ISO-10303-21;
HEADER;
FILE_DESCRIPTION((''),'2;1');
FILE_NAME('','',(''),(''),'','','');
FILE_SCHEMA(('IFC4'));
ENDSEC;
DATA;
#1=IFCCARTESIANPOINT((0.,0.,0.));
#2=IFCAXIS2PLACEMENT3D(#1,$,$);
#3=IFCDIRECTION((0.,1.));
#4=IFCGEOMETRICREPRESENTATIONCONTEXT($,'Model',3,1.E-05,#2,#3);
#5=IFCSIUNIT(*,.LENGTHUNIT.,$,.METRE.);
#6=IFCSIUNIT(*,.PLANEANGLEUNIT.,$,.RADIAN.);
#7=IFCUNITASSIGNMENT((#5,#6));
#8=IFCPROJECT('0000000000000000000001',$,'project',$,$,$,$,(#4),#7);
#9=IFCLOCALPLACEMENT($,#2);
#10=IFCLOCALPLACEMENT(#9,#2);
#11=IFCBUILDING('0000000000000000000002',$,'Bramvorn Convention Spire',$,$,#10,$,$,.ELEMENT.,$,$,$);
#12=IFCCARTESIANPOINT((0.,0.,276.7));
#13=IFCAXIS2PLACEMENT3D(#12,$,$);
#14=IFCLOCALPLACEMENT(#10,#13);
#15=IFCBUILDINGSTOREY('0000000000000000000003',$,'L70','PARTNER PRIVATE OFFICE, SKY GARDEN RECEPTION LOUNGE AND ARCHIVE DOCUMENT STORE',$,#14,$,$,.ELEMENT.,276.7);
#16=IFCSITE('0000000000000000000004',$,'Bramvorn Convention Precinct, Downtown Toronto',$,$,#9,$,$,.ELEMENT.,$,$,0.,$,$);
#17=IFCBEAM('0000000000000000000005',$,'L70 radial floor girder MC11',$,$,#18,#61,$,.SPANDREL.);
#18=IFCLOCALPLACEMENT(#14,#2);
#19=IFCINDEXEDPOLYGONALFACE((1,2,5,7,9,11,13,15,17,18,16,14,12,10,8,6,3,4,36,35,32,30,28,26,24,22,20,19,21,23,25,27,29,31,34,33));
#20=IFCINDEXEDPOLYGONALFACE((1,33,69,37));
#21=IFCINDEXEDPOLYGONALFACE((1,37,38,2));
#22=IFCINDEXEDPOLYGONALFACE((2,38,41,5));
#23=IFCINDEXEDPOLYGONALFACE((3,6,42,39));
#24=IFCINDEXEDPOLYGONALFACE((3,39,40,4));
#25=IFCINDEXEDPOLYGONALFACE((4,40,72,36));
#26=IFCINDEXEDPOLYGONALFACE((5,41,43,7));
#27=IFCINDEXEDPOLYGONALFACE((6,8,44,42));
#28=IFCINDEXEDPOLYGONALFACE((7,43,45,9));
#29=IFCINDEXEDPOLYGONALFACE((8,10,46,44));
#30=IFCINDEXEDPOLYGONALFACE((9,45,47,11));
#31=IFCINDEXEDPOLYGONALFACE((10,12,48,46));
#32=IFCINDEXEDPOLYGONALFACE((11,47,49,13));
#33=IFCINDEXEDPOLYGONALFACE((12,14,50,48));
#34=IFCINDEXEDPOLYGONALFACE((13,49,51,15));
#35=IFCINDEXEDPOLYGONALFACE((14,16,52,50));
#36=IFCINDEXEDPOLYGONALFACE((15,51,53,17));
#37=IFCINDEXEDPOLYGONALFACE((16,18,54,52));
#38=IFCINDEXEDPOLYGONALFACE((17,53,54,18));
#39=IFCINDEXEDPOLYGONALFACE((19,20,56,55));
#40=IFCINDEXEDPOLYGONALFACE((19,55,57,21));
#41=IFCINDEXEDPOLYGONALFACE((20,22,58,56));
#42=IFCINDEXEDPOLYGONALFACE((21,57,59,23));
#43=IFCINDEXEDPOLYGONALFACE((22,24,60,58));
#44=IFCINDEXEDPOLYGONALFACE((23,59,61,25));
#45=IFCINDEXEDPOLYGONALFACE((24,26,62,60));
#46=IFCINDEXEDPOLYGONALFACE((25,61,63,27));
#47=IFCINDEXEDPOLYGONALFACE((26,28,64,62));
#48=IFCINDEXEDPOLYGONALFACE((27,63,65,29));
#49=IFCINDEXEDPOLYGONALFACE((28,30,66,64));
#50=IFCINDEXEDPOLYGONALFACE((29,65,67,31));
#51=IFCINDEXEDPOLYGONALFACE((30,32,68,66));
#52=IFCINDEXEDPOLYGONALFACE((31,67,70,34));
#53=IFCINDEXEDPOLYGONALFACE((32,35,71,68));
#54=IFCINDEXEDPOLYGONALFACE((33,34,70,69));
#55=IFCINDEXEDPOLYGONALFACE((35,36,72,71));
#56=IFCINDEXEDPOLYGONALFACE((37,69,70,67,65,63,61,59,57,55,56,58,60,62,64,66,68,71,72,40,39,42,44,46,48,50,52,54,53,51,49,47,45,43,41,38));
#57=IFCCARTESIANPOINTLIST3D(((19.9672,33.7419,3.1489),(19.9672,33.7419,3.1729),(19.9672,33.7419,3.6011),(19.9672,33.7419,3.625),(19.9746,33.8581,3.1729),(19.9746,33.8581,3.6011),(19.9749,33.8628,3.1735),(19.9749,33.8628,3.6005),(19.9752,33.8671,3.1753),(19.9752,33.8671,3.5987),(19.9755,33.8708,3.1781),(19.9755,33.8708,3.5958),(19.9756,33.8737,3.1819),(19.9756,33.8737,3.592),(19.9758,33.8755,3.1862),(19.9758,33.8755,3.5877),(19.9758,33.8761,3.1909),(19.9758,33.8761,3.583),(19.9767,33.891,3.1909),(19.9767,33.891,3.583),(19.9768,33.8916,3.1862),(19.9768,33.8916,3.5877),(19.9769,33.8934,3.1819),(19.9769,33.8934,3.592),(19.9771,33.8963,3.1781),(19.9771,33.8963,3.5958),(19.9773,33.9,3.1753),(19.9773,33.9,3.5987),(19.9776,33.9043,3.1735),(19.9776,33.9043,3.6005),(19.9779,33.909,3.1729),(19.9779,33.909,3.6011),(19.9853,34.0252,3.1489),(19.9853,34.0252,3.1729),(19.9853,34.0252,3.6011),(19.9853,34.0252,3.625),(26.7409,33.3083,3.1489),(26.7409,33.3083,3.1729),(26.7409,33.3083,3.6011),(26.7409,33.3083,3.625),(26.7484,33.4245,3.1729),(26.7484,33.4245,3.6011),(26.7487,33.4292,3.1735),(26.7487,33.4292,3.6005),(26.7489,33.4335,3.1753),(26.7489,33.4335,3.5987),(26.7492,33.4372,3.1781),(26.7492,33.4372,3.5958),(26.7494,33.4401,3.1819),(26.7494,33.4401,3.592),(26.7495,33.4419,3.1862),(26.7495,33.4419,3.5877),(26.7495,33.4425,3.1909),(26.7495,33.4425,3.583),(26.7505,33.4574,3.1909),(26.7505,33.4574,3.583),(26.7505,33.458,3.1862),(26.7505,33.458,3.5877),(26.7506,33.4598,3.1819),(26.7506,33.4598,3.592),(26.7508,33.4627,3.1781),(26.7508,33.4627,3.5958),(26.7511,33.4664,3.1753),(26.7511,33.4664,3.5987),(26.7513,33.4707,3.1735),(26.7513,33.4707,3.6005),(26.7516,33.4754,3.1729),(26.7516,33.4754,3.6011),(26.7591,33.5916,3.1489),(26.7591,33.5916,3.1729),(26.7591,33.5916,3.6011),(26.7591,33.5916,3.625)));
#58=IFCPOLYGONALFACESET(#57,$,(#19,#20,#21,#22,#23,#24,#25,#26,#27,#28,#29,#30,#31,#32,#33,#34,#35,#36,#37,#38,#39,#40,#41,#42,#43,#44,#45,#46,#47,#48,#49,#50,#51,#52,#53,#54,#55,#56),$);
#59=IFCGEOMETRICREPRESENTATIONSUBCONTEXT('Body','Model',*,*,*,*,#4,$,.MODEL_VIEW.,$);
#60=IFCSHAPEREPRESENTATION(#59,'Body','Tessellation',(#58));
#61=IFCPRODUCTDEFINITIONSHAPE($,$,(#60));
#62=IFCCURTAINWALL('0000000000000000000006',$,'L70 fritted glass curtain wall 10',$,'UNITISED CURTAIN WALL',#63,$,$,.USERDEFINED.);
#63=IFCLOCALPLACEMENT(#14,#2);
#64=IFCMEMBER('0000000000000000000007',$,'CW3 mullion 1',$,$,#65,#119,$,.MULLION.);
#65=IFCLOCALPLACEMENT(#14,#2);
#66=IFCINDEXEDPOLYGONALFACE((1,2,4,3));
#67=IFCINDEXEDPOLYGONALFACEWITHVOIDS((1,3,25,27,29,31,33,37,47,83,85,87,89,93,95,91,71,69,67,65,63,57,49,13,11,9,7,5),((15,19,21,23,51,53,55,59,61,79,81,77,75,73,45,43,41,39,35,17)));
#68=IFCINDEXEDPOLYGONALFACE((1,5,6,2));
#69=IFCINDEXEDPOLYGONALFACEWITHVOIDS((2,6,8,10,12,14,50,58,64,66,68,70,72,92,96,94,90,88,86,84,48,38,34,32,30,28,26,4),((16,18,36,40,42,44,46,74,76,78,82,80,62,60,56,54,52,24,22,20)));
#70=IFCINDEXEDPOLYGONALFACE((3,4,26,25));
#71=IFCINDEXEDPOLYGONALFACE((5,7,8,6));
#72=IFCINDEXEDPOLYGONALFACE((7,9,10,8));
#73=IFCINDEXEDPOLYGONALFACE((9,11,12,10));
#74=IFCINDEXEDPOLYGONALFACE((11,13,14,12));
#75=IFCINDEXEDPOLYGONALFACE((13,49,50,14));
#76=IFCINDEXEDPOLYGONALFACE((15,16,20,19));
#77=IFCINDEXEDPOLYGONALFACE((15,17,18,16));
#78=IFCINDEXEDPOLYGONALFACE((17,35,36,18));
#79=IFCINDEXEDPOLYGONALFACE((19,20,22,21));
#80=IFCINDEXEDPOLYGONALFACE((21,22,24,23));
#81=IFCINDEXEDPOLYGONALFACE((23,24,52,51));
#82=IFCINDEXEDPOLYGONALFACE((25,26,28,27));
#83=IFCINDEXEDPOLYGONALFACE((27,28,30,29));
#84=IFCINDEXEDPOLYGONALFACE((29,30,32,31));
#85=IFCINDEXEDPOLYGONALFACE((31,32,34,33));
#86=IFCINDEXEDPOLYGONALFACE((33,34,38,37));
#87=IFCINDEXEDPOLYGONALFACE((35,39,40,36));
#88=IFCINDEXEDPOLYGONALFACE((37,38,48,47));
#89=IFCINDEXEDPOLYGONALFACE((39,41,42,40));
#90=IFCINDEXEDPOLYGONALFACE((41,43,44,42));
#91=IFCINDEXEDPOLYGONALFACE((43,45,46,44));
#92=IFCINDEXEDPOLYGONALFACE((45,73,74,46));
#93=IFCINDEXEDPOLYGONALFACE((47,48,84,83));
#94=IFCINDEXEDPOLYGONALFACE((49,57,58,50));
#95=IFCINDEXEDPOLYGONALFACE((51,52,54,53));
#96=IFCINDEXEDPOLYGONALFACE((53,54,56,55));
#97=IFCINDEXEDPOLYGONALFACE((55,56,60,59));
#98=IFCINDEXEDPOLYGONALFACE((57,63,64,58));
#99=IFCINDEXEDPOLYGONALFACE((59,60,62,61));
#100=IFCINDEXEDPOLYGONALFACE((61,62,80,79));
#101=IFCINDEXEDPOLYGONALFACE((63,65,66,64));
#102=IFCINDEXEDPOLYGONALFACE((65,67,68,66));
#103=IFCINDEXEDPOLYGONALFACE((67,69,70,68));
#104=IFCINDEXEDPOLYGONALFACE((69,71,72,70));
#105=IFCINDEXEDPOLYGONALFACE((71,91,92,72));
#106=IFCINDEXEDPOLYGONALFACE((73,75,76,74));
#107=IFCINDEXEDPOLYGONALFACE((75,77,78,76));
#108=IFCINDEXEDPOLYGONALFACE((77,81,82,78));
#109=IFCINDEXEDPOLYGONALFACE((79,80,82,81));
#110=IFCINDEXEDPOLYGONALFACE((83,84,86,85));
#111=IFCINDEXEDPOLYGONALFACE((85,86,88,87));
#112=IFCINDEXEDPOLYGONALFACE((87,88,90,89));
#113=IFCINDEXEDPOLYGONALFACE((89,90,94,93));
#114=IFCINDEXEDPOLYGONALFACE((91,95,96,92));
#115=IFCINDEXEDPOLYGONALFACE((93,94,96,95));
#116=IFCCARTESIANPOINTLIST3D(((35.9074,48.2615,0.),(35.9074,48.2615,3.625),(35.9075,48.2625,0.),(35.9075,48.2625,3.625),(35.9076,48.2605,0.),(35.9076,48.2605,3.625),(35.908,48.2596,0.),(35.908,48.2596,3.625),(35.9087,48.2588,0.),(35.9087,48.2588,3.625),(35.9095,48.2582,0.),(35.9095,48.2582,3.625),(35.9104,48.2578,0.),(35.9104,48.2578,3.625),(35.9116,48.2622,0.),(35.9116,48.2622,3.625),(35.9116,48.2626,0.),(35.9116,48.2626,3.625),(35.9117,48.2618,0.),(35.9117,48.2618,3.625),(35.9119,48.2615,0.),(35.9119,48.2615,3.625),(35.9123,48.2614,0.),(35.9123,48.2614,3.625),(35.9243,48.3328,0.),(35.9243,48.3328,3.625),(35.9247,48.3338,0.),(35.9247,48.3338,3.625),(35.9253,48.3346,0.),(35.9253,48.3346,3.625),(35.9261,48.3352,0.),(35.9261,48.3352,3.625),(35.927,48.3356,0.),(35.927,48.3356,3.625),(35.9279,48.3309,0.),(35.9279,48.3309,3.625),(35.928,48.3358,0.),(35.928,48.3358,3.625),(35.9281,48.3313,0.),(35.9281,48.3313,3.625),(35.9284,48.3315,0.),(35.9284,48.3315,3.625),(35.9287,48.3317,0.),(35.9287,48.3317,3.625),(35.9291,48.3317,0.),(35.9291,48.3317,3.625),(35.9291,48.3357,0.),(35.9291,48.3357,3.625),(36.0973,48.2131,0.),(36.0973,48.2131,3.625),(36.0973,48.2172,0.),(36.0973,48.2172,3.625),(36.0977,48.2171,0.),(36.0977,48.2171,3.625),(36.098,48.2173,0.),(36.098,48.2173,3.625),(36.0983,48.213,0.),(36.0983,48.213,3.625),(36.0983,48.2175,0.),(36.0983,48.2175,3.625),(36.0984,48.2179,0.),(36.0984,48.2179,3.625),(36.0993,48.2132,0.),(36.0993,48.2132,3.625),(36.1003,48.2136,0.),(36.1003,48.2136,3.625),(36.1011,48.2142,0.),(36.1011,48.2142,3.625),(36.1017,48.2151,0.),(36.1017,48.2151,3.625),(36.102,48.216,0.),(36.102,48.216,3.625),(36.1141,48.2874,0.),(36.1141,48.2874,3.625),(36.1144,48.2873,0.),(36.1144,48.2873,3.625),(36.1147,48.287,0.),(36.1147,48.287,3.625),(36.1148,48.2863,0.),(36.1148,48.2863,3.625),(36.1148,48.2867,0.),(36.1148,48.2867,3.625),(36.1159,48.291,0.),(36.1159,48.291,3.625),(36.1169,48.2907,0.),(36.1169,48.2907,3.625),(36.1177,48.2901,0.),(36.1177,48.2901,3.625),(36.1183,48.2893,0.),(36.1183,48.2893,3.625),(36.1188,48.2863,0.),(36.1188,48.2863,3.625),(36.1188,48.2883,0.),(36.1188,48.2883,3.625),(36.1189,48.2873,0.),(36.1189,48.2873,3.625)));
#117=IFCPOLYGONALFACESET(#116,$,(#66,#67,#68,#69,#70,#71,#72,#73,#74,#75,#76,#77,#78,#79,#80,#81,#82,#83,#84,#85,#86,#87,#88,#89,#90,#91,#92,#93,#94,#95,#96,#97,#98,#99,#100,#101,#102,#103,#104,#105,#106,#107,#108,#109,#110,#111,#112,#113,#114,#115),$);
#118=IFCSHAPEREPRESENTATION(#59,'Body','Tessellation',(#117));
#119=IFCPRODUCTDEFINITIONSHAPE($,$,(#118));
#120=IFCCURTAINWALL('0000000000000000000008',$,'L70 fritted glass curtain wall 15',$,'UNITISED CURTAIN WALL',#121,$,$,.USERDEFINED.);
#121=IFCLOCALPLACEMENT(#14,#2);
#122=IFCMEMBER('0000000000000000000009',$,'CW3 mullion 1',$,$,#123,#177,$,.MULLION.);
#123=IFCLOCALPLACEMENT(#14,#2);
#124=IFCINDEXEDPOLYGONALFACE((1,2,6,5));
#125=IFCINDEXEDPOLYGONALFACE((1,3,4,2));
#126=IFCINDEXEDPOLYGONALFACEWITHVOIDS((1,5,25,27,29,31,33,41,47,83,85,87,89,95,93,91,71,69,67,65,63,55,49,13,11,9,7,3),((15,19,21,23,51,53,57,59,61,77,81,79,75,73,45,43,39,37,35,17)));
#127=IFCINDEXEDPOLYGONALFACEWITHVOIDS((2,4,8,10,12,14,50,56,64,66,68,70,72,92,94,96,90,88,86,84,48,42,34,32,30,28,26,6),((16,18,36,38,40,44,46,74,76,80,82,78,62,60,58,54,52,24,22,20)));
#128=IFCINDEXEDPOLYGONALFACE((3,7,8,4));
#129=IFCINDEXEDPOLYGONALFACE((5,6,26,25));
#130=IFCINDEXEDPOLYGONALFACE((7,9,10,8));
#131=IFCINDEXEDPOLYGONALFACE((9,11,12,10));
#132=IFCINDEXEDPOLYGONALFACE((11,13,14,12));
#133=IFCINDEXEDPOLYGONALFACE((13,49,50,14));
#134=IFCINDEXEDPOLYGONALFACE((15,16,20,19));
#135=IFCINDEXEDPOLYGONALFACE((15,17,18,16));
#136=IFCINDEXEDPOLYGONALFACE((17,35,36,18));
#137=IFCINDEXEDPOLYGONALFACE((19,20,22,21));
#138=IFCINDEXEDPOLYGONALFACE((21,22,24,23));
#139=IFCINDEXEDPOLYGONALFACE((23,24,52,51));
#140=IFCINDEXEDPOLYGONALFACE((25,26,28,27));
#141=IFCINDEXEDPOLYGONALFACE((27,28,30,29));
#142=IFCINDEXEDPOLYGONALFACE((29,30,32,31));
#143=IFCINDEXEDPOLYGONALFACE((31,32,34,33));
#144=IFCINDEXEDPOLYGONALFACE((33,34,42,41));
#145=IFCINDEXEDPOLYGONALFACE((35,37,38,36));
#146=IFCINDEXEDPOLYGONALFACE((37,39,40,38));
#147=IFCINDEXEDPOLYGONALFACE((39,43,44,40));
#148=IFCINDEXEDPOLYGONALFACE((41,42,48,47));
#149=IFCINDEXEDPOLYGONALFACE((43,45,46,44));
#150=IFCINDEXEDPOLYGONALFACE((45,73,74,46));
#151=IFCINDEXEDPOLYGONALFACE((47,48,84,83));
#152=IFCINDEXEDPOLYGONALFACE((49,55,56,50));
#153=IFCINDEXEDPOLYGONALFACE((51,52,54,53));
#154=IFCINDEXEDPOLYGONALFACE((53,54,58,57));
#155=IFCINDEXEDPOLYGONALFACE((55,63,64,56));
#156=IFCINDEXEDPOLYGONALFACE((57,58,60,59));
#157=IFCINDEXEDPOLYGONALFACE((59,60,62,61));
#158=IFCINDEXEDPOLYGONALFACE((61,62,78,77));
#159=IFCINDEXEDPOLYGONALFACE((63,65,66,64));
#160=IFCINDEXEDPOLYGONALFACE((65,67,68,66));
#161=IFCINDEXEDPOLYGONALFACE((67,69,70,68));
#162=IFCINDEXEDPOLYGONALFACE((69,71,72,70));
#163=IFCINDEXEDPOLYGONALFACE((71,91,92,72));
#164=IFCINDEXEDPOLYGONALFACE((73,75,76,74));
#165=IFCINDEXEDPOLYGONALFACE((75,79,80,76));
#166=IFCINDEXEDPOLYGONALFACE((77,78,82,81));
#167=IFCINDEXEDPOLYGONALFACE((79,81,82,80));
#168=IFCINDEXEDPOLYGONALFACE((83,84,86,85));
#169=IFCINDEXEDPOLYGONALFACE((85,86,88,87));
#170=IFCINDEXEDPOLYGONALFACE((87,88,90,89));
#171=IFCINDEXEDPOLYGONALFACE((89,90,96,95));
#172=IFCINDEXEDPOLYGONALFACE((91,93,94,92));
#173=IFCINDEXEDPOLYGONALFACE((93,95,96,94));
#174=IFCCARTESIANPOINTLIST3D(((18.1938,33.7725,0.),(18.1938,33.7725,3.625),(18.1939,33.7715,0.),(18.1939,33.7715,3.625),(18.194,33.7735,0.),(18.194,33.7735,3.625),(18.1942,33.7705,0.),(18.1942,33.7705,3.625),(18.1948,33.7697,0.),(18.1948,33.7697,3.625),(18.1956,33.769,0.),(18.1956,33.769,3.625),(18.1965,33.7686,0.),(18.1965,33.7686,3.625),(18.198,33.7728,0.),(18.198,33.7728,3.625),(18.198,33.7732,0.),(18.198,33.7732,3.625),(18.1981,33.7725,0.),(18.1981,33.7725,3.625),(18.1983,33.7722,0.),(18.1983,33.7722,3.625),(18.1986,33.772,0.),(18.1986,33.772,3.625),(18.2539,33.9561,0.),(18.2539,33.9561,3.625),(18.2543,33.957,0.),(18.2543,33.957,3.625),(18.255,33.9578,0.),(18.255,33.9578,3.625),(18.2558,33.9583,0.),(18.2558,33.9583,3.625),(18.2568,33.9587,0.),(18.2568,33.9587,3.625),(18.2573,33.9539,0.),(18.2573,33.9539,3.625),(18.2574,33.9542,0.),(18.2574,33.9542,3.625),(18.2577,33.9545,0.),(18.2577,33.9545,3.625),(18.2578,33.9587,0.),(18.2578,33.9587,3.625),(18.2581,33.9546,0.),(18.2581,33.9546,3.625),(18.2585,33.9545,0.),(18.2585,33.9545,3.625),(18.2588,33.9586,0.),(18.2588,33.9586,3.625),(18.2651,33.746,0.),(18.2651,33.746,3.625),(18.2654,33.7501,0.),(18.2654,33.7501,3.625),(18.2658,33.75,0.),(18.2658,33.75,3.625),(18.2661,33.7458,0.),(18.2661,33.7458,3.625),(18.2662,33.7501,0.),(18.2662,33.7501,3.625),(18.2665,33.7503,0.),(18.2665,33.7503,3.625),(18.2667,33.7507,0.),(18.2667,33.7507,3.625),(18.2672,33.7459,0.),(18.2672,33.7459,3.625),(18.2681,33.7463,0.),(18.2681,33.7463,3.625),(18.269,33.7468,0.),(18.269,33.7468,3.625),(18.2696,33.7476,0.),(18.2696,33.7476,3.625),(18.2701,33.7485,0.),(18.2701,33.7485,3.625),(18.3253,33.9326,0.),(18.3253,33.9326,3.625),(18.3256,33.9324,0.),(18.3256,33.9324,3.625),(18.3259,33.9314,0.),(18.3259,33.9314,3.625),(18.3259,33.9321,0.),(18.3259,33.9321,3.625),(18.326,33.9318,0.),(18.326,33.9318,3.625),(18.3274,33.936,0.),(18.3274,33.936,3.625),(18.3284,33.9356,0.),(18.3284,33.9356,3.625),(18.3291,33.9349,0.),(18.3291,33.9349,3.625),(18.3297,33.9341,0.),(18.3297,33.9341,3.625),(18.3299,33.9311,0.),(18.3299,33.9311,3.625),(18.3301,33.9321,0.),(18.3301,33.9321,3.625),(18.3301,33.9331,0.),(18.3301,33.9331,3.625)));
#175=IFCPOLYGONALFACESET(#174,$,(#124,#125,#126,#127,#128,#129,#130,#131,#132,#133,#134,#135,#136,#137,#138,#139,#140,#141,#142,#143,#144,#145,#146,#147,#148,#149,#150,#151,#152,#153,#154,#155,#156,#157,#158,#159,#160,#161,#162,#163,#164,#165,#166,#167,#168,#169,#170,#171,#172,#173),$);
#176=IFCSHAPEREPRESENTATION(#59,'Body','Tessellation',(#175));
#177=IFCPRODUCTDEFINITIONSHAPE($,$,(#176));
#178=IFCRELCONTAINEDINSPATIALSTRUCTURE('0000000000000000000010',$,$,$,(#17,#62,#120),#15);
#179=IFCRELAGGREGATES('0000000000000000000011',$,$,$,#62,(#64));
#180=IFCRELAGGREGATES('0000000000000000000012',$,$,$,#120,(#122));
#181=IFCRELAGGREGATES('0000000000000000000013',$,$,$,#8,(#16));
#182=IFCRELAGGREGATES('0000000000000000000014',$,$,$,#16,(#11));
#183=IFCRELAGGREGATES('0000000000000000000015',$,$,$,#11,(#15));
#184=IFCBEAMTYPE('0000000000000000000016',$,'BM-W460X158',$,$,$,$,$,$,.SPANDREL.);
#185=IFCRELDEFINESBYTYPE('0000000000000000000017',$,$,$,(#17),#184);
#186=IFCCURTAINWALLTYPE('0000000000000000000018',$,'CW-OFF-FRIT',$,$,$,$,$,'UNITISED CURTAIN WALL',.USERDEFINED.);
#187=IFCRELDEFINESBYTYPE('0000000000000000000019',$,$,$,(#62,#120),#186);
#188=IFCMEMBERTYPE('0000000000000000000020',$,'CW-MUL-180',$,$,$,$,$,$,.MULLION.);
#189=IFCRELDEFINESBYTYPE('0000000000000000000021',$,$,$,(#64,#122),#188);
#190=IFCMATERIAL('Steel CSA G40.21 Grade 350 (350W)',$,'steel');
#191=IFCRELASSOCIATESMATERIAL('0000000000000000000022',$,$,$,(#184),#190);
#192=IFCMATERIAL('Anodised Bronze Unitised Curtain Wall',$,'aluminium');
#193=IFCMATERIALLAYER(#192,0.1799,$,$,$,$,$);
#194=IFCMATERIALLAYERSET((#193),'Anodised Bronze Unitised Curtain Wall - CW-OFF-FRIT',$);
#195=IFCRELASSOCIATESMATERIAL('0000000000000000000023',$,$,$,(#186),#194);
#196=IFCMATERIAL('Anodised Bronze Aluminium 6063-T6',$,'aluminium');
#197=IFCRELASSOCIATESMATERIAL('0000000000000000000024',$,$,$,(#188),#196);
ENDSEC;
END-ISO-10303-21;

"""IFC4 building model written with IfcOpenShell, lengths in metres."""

from ifc_helpers import new_model, si_unit, direction, frame, origin, origin_2d, place, context, subcontext, project, spatial, hollow_rectangle, i_section, extrude, material, layer, layer_set, material_profile, profile_set, type_object, element, aggregate, save


model = new_model("IFC4")

# Units and contexts
model_context = context("Model", 3, precision=1e-05, world=origin(), true_north=direction((0.0, 1.0)))
body_context = subcontext(model_context, "Body", "Model", "MODEL_VIEW")
ifc_project = project(units=[si_unit("LENGTHUNIT", "METRE"), si_unit("PLANEANGLEUNIT", "RADIAN")], contexts=[model_context])

# Site, building, storey
site_placement = place(None, origin())
site = spatial("IfcSite", under=ifc_project, at=site_placement, Name="Bramvorn Convention Precinct, Downtown Toronto", CompositionType="ELEMENT", RefElevation=0.0)
building_placement = place(site_placement, origin())
building = spatial("IfcBuilding", under=site, at=building_placement, Name="Bramvorn Convention Spire", CompositionType="ELEMENT")
storey_placement = place(building_placement, frame((0.0, 0.0, 276.7)))
storey = spatial("IfcBuildingStorey", under=building, at=storey_placement, Name="L70", Description="PARTNER PRIVATE OFFICE, SKY GARDEN RECEPTION LOUNGE AND ARCHIVE DOCUMENT STORE", CompositionType="ELEMENT", Elevation=276.7)

# Shared definitions
ifc_material_1 = material(Name="Steel CSA G40.21 Grade 350 (350W)", Category="steel")

# Beam
ifc_material_profile_1 = material_profile(ifc_material_1, i_section(OverallWidth=0.2839, OverallDepth=0.4761, WebThickness=0.0149, FlangeThickness=0.0239, FilletRadius=0.0181, at=origin_2d()))
ifc_profile_set_1 = profile_set([ifc_material_profile_1], Name="Steel CSA G40.21 Grade 350 (350W) - W460X158")
beam_type_1 = type_object("IfcBeamType", Name="BM-W460X158", PredefinedType="SPANDREL", material=ifc_profile_set_1)
beam_1_placement = place(storey_placement, frame((26.75, 33.45, 3.387), z_axis=(-0.997958, 0.063881, 0.0), x_axis=(-0.063881, -0.997958, 0.0)))
element("IfcBeam", 1, at=beam_1_placement, inside=storey, type_object=beam_type_1, Name="L70 radial floor girder MC11", PredefinedType="SPANDREL", context=body_context, shape_type="SweptSolid", body=[
    extrude(i_section(OverallWidth=0.2839, OverallDepth=0.4761, WebThickness=0.0149, FlangeThickness=0.0239, FilletRadius=0.0181, at=origin_2d()), origin(), (0.0, 0.0, 1.0), 6.7876),
])

# Curtain wall, member
ifc_material_2 = material(Name="Anodised Bronze Unitised Curtain Wall", Category="aluminium")
ifc_layer_1 = layer(ifc_material_2, 0.1799)
ifc_layer_set_1 = layer_set([ifc_layer_1], Name="Anodised Bronze Unitised Curtain Wall - CW-OFF-FRIT")
curtain_wall_type = type_object("IfcCurtainWallType", Name="CW-OFF-FRIT", ElementType="UNITISED CURTAIN WALL", PredefinedType="USERDEFINED", material=ifc_layer_set_1)
curtain_wall_1_placement = place(storey_placement, origin())
curtain_wall_1 = element("IfcCurtainWall", 2, at=curtain_wall_1_placement, inside=storey, type_object=curtain_wall_type, Name="L70 fritted glass curtain wall 10", ObjectType="UNITISED CURTAIN WALL", PredefinedType="USERDEFINED")
ifc_material_3 = material(Name="Anodised Bronze Aluminium 6063-T6", Category="aluminium")
ifc_material_profile_2 = material_profile(ifc_material_3, hollow_rectangle(XDim=0.0801, YDim=0.2, WallThickness=0.0039, InnerFilletRadius=0.001, OuterFilletRadius=0.0039, at=origin_2d()))
ifc_profile_set_2 = profile_set([ifc_material_profile_2], Name="Anodised Bronze Aluminium 6063-T6 - CWM80X200")
member_type_1 = type_object("IfcMemberType", Name="CW-MUL-180", PredefinedType="MULLION", material=ifc_profile_set_2)
member_1_placement = place(storey_placement, frame((36.0132, 48.2744, 0.0), z_axis=(0.0, 0.0, 1.0), x_axis=(0.232493, 0.972598, 0.0)))
member_1 = element("IfcMember", 3, at=member_1_placement, type_object=member_type_1, Name="CW3 mullion 1", PredefinedType="MULLION", context=body_context, shape_type="SweptSolid", body=[
    extrude(hollow_rectangle(XDim=0.0801, YDim=0.2, WallThickness=0.0039, InnerFilletRadius=0.001, OuterFilletRadius=0.0039, at=origin_2d()), origin(), (0.0, 0.0, 1.0), 3.625),
])

# Curtain wall, member
curtain_wall_2_placement = place(storey_placement, origin())
curtain_wall_2 = element("IfcCurtainWall", 4, at=curtain_wall_2_placement, inside=storey, type_object=curtain_wall_type, Name="L70 fritted glass curtain wall 15", ObjectType="UNITISED CURTAIN WALL", PredefinedType="USERDEFINED")
member_2_placement = place(storey_placement, frame((18.262, 33.8523, 0.0), z_axis=(0.0, 0.0, 1.0), x_axis=(-0.950211, 0.311606, 0.0)))
member_2 = element("IfcMember", 5, at=member_2_placement, type_object=member_type_1, Name="CW3 mullion 1", PredefinedType="MULLION", context=body_context, shape_type="SweptSolid", body=[
    extrude(hollow_rectangle(XDim=0.0801, YDim=0.2, WallThickness=0.0039, InnerFilletRadius=0.001, OuterFilletRadius=0.0039, at=origin_2d()), origin(), (0.0, 0.0, 1.0), 3.625),
])

aggregate(curtain_wall_1, [member_1])

aggregate(curtain_wall_2, [member_2])

save(model, "model.ifc")
